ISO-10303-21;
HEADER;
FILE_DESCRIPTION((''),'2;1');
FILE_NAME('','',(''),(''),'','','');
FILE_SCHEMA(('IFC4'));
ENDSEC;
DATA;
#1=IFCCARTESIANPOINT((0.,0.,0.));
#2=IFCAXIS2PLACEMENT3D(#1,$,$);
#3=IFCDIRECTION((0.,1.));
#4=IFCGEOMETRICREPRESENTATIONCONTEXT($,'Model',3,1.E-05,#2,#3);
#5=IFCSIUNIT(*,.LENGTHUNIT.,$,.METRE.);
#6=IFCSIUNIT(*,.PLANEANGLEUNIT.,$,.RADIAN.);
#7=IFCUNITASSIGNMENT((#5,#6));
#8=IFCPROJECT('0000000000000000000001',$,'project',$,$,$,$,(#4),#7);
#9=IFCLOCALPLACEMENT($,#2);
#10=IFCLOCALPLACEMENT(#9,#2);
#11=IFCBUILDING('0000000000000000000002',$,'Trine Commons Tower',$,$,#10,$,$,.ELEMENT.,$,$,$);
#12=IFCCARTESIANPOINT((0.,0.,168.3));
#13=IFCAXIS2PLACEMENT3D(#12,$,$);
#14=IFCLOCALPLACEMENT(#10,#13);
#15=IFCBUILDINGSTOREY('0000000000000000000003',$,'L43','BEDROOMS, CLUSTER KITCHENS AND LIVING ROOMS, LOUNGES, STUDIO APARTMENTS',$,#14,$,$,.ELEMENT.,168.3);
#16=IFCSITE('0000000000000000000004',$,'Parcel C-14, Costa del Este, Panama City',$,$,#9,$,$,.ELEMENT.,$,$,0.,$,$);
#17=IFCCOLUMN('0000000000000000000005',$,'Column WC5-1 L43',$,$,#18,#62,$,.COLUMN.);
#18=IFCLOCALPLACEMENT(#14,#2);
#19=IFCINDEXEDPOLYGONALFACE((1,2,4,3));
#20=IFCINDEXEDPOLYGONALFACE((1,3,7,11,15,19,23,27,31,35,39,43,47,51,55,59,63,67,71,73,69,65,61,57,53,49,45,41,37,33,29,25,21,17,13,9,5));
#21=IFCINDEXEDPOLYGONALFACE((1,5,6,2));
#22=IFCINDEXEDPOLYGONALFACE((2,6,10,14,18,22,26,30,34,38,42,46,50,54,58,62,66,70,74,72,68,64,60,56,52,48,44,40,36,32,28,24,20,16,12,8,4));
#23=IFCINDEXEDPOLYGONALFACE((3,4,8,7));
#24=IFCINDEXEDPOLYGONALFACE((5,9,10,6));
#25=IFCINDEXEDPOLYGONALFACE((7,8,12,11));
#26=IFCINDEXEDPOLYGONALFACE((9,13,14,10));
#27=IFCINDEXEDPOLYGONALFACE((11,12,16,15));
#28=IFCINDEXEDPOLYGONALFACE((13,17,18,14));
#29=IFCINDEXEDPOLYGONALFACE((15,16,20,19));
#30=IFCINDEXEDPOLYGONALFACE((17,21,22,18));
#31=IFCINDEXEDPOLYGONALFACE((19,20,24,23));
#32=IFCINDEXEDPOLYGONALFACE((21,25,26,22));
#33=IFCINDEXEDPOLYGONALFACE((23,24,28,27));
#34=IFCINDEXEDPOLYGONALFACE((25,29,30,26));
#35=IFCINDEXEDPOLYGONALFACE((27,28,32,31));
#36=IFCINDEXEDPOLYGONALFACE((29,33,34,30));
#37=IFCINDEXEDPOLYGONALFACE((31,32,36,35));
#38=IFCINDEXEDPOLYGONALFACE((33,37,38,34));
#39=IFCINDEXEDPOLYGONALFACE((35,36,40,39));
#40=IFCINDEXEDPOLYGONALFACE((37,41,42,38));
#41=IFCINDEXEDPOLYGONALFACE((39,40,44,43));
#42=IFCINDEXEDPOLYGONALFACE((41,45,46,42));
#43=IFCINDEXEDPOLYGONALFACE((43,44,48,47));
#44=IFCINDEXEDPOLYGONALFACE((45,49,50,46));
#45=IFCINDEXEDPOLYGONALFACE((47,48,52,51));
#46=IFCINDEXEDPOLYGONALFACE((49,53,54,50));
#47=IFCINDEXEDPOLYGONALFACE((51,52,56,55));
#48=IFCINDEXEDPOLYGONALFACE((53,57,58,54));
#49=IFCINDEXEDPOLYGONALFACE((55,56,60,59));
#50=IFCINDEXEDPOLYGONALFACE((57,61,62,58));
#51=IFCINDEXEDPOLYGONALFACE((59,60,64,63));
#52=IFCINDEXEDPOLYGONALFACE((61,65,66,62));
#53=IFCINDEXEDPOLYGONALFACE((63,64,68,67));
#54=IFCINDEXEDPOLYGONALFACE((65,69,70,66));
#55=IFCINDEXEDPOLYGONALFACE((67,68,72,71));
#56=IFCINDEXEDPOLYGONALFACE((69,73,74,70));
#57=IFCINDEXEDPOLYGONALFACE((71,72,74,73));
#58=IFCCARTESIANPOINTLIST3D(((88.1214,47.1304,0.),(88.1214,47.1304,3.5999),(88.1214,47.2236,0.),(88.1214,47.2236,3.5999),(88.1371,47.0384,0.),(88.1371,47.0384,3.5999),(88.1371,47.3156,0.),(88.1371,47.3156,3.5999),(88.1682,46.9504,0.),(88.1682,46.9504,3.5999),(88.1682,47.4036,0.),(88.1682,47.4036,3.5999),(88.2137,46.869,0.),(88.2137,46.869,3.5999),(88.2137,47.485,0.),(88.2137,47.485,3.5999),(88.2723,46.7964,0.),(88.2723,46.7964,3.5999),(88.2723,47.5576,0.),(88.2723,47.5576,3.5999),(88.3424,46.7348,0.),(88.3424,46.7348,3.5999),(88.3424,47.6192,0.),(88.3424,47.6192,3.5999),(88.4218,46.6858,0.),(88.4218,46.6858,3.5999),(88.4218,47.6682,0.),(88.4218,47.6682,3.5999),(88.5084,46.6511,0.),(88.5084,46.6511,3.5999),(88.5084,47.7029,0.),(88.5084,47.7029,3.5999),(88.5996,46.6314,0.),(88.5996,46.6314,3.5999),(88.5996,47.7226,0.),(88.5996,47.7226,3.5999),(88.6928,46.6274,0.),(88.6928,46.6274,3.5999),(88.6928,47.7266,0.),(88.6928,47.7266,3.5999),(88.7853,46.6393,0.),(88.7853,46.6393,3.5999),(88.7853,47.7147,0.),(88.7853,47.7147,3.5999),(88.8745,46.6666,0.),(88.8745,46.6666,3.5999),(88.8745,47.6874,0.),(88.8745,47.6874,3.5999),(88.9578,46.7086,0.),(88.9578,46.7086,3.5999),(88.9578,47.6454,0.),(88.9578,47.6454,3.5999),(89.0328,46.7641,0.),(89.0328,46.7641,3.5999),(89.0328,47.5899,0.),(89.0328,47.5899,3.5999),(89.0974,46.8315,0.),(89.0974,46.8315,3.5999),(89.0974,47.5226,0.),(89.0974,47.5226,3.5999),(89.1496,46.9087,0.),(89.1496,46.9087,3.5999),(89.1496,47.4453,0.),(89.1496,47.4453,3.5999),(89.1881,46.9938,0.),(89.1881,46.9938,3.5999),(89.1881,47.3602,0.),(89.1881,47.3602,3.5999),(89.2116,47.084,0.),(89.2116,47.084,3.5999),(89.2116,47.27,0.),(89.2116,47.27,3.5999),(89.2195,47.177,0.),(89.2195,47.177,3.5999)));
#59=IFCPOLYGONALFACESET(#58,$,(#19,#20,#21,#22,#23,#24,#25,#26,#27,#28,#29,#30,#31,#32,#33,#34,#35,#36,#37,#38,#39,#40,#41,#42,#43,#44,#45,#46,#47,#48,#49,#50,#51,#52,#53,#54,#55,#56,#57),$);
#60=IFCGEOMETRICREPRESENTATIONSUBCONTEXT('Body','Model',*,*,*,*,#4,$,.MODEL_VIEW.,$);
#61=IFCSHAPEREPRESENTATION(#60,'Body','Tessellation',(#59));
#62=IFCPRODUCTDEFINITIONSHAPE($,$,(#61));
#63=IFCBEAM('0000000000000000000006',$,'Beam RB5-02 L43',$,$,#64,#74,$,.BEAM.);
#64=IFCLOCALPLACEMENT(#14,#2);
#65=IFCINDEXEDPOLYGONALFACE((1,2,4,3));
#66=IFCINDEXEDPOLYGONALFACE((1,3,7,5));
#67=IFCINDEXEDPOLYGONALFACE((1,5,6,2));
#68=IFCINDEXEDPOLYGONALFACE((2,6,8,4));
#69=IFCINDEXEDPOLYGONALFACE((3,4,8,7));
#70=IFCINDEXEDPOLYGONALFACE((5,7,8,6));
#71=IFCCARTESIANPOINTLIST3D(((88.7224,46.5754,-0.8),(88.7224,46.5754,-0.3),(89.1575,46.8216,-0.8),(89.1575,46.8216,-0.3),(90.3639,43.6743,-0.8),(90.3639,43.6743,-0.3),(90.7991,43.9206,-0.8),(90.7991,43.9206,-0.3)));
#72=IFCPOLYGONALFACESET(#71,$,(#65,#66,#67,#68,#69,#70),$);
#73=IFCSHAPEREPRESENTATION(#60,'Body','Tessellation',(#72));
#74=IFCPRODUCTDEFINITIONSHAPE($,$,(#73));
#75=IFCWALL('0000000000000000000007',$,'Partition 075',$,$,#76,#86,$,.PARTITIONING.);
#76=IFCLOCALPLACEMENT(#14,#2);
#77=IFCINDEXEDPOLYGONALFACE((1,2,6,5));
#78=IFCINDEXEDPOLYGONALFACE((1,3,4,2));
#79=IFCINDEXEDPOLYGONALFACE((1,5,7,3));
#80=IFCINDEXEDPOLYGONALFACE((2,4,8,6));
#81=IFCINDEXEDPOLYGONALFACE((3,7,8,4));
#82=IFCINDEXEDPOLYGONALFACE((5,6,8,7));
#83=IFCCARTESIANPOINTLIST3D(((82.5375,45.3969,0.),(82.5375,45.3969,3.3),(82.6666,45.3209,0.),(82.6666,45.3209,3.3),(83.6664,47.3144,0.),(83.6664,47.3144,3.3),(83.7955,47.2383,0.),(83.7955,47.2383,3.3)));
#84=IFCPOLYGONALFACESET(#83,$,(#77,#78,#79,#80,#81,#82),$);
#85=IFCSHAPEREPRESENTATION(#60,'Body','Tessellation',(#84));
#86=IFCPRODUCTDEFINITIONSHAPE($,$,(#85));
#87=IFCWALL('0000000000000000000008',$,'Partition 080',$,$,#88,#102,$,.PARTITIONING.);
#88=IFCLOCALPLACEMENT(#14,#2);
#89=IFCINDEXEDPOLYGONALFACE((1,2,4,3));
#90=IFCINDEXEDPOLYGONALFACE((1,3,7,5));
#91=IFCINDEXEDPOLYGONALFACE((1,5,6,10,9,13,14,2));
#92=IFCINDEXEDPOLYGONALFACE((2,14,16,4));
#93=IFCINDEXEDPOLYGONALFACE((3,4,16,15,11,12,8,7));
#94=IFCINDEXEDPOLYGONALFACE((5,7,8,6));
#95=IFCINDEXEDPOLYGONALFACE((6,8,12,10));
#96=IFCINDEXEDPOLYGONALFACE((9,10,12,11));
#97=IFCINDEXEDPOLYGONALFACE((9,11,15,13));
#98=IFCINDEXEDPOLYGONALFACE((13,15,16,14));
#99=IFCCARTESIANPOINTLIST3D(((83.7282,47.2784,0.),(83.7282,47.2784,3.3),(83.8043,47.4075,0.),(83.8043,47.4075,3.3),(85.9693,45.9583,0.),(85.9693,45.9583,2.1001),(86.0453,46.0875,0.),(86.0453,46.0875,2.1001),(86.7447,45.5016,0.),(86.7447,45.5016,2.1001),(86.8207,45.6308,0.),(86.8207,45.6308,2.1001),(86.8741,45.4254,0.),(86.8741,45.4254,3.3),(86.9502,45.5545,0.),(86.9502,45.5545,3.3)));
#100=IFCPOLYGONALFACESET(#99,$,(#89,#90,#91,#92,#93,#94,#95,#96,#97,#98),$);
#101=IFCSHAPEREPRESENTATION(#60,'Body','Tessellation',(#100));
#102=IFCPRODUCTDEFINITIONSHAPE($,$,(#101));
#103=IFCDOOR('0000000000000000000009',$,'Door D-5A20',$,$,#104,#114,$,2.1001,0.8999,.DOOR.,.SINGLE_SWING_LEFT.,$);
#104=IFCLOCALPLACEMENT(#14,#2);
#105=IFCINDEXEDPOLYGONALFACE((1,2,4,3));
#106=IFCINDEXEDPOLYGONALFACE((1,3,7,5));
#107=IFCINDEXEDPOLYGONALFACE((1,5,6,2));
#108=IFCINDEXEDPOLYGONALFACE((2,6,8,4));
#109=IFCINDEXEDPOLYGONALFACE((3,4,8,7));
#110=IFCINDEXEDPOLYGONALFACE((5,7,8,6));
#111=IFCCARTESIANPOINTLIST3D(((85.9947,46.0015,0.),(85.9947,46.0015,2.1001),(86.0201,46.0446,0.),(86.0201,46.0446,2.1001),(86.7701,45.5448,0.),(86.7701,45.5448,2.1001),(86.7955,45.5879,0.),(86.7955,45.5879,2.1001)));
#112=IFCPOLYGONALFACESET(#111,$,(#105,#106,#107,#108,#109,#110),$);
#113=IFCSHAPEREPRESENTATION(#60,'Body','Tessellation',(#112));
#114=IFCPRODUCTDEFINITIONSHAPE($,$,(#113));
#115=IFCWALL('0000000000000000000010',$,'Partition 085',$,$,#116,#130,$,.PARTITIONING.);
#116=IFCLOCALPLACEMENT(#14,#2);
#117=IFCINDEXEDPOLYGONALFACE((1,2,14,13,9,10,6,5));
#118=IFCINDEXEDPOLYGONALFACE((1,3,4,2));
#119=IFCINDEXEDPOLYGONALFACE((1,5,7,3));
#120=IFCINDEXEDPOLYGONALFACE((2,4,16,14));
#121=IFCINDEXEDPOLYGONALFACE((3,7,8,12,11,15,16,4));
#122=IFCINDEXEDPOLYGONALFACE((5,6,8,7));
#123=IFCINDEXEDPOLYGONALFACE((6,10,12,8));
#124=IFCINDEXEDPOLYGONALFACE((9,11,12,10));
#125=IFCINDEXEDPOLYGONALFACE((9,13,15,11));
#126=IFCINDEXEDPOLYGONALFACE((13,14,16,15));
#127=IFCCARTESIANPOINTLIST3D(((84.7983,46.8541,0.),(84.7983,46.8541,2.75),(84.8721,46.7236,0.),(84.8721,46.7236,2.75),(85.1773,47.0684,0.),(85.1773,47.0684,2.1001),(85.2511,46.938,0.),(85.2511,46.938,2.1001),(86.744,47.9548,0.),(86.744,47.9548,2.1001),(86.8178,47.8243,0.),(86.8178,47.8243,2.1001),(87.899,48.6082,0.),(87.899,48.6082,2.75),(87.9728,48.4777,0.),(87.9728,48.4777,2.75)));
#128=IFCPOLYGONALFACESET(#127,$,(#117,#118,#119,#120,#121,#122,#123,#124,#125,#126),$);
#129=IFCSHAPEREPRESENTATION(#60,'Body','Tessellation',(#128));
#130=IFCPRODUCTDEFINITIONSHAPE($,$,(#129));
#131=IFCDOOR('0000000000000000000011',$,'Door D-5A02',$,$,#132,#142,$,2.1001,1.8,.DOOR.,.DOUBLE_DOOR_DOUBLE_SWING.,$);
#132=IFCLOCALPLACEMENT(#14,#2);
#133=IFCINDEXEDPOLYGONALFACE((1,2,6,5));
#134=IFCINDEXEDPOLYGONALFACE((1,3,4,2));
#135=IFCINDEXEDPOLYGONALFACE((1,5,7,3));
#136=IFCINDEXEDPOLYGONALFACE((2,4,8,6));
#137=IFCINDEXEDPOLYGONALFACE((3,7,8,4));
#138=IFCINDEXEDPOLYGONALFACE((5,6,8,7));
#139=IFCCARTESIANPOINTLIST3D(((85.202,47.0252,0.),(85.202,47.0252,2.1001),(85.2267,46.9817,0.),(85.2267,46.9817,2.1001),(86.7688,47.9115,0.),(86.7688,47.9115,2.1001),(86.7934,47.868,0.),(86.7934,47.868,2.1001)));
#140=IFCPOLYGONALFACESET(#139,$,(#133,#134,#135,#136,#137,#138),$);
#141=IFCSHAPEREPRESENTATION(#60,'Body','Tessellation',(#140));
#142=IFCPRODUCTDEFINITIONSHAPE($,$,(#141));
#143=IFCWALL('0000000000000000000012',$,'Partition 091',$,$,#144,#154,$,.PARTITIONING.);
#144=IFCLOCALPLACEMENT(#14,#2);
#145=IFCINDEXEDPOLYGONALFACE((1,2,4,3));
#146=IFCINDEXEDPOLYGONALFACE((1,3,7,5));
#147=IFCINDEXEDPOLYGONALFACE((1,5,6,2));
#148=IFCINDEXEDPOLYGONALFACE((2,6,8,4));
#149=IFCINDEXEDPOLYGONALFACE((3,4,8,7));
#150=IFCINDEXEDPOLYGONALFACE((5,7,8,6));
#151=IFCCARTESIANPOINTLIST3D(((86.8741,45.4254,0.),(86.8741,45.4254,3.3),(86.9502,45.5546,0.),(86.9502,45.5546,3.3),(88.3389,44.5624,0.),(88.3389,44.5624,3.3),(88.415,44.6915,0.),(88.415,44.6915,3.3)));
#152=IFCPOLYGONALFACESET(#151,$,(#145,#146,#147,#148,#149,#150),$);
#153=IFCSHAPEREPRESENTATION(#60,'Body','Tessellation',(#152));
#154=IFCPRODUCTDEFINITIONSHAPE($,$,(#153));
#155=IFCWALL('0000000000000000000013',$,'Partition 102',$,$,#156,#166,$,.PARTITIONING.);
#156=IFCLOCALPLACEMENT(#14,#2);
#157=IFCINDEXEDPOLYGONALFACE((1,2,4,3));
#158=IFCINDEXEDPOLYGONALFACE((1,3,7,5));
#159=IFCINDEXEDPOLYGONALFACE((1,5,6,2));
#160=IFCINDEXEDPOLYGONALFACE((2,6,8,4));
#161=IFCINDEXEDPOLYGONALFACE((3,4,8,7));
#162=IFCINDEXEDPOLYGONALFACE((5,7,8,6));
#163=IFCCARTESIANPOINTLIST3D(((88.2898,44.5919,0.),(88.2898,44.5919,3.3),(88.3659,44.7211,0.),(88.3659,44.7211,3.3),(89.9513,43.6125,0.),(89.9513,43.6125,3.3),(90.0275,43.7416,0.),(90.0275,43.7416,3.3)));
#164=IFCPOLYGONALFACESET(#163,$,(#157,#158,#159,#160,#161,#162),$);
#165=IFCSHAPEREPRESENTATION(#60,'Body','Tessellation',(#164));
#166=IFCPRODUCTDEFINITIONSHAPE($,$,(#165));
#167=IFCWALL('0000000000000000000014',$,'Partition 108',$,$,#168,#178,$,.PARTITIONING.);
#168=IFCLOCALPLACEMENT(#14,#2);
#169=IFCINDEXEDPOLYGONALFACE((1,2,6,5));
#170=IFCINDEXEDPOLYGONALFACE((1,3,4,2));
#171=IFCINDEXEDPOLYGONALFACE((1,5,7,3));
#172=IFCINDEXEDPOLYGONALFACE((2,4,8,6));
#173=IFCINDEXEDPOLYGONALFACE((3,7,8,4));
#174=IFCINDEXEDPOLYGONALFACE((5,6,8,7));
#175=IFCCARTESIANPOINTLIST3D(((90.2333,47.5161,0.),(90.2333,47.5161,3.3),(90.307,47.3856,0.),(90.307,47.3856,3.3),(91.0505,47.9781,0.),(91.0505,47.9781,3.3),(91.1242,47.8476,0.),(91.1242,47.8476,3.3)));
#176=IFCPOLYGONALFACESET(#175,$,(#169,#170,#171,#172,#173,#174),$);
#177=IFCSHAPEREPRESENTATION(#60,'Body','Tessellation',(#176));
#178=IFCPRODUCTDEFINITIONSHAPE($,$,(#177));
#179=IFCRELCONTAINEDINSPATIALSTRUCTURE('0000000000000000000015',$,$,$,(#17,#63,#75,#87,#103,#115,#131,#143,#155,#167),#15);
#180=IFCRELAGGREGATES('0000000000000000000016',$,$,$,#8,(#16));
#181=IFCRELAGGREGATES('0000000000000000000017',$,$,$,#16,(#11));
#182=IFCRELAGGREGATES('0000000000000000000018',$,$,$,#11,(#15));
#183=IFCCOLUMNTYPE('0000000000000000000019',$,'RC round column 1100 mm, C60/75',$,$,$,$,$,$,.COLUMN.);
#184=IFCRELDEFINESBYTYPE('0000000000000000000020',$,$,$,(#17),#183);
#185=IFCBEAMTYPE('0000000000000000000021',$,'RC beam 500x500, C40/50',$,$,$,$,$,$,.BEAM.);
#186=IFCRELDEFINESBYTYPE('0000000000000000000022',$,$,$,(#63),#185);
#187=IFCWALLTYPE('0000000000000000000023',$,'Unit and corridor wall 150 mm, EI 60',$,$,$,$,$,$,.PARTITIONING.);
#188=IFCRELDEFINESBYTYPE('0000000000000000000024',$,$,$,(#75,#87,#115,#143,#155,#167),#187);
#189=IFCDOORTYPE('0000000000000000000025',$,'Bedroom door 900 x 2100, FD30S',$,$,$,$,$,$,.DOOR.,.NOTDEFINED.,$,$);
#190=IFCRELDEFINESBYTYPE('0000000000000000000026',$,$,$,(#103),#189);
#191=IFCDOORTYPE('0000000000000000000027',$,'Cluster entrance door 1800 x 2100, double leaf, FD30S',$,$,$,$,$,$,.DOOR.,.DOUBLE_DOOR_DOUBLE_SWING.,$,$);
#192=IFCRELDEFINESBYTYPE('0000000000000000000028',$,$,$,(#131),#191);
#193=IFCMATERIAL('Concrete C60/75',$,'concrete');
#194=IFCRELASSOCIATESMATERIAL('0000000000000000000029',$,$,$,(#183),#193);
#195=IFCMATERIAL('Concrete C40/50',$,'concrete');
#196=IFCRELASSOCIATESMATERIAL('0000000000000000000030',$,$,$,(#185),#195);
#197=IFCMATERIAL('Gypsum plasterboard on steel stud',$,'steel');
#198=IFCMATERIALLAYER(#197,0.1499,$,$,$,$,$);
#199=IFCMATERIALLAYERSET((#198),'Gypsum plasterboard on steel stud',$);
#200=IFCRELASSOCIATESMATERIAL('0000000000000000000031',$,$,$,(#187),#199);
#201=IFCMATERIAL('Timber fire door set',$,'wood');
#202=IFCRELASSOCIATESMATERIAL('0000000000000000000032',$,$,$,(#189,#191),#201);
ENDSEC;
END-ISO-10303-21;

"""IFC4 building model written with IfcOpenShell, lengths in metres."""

from ifc_helpers import new_model, si_unit, direction, frame, frame_2d, origin, origin_2d, place, context, subcontext, project, spatial, rectangle, circle, extrude, material, layer, layer_set, material_profile, profile_set, type_object, element, fill, save


model = new_model("IFC4")

# Units and contexts
model_context = context("Model", 3, precision=1e-05, world=origin(), true_north=direction((0.0, 1.0)))
body_context = subcontext(model_context, "Body", "Model", "MODEL_VIEW")
ifc_project = project(units=[si_unit("LENGTHUNIT", "METRE"), si_unit("PLANEANGLEUNIT", "RADIAN")], contexts=[model_context])

# Site, building, storey
site_placement = place(None, origin())
site = spatial("IfcSite", under=ifc_project, at=site_placement, Name="Parcel C-14, Costa del Este, Panama City", CompositionType="ELEMENT", RefElevation=0.0)
building_placement = place(site_placement, origin())
building = spatial("IfcBuilding", under=site, at=building_placement, Name="Trine Commons Tower", CompositionType="ELEMENT")
storey_placement = place(building_placement, frame((0.0, 0.0, 168.3)))
storey = spatial("IfcBuildingStorey", under=building, at=storey_placement, Name="L43", Description="BEDROOMS, CLUSTER KITCHENS AND LIVING ROOMS, LOUNGES, STUDIO APARTMENTS", CompositionType="ELEMENT", Elevation=168.3)

# Column
ifc_material_1 = material(Name="Concrete C60/75", Category="concrete")
ifc_material_profile_1 = material_profile(ifc_material_1, circle(Radius=0.55, at=origin_2d()), Name="RC round 1100")
ifc_profile_set_1 = profile_set([ifc_material_profile_1], Name="Concrete C60/75")
column_type = type_object("IfcColumnType", Name="RC round column 1100 mm, C60/75", PredefinedType="COLUMN", material=ifc_profile_set_1)
column_placement = place(storey_placement, frame((88.6694, 47.177, 0.0), z_axis=(0.0, 0.0, 1.0), x_axis=(1.0, 0.0, 0.0)))
element("IfcColumn", 1, at=column_placement, inside=storey, type_object=column_type, Name="Column WC5-1 L43", PredefinedType="COLUMN", context=body_context, shape_type="SweptSolid", body=[
    extrude(circle(Radius=0.55, at=origin_2d()), origin(), (0.0, 0.0, 1.0), 3.5999),
])

# Beam
ifc_material_2 = material(Name="Concrete C40/50", Category="concrete")
ifc_material_profile_2 = material_profile(ifc_material_2, rectangle(XDim=0.5, YDim=0.5, at=origin_2d()), Name="RC 500x500")
ifc_profile_set_2 = profile_set([ifc_material_profile_2], Name="Concrete C40/50")
beam_type = type_object("IfcBeamType", Name="RC beam 500x500, C40/50", PredefinedType="BEAM", material=ifc_profile_set_2)
beam_placement = place(storey_placement, frame((88.9399, 46.6985, -0.55), z_axis=(0.492475, -0.870327, 0.0), x_axis=(0.870327, 0.492475, 0.0)))
element("IfcBeam", 2, at=beam_placement, inside=storey, type_object=beam_type, Name="Beam RB5-02 L43", PredefinedType="BEAM", context=body_context, shape_type="SweptSolid", body=[
    extrude(rectangle(XDim=0.5, YDim=0.5, at=origin_2d()), origin(), (0.0, 0.0, 1.0), 3.3333),
])

# Wall
ifc_material_3 = material(Name="Gypsum plasterboard on steel stud", Category="steel")
ifc_layer_1 = layer(ifc_material_3, 0.1499)
ifc_layer_set_1 = layer_set([ifc_layer_1], Name="Gypsum plasterboard on steel stud")
wall_type_1 = type_object("IfcWallType", Name="Unit and corridor wall 150 mm, EI 60", PredefinedType="PARTITIONING", material=ifc_layer_set_1)
wall_1_placement = place(storey_placement, frame((82.6021, 45.3589, 0.0), z_axis=(0.0, 0.0, 1.0), x_axis=(0.507346, 0.861742, 0.0)))
element("IfcWall", 3, at=wall_1_placement, inside=storey, type_object=wall_type_1, Name="Partition 075", PredefinedType="PARTITIONING", context=body_context, shape_type="SweptSolid", body=[
    extrude(rectangle(XDim=2.2251, YDim=0.1499, at=frame_2d((1.1125, 0.0))), origin(), (0.0, 0.0, 1.0), 3.3),
])

# Walls, openings, doors
wall_2_placement = place(storey_placement, frame((83.7661, 47.343, 0.0), z_axis=(0.0, 0.0, 1.0), x_axis=(0.861642, -0.507517, 0.0)))
wall_2 = element("IfcWall", 4, at=wall_2_placement, inside=storey, type_object=wall_type_1, Name="Partition 080", PredefinedType="PARTITIONING", context=body_context, shape_type="SweptSolid", body=[
    extrude(rectangle(XDim=3.6511, YDim=0.1499, at=frame_2d((1.8257, 0.0))), origin(), (0.0, 0.0, 1.0), 3.3),
])
opening_1_placement = place(wall_2_placement, frame((2.6011, 0.0, 0.0)))
opening_1 = element("IfcOpeningElement", 5, at=opening_1_placement, cuts=wall_2, PredefinedType="OPENING", context=body_context, shape_type="SweptSolid", body=[
    extrude(rectangle(XDim=0.8999, YDim=2.1001, at=frame_2d((0.45, 1.05))), frame((0.0, 0.085, 0.0), z_axis=(0.0, -1.0, 0.0), x_axis=(1.0, 0.0, 0.0)), (0.0, 0.0, 1.0), 0.1699),
])
ifc_material_4 = material(Name="Timber fire door set", Category="wood")
door_type_1 = type_object("IfcDoorType", Name="Bedroom door 900 x 2100, FD30S", OperationType="NOTDEFINED", PredefinedType="DOOR", material=ifc_material_4)
door_1_placement = place(opening_1_placement, frame((0.8999, 0.0, 0.0), z_axis=(0.0, 0.0, 1.0), x_axis=(-1.0, 0.0, 0.0)))
door_1 = element("IfcDoor", 6, at=door_1_placement, inside=storey, type_object=door_type_1, Name="Door D-5A20", OperationType="SINGLE_SWING_LEFT", OverallHeight=2.1001, OverallWidth=0.8999, PredefinedType="DOOR", context=body_context, shape_type="SweptSolid", body=[
    extrude(rectangle(XDim=0.8999, YDim=2.1001, at=frame_2d((0.45, 1.05))), frame((0.0, 0.0249, 0.0), z_axis=(0.0, -1.0, 0.0), x_axis=(1.0, 0.0, 0.0)), (0.0, 0.0, 1.0), 0.05),
])
fill(opening_1, door_1)
wall_3_placement = place(storey_placement, frame((84.8352, 46.7888, 0.0), z_axis=(0.0, 0.0, 1.0), x_axis=(0.870382, 0.492378, 0.0)))
wall_3 = element("IfcWall", 7, at=wall_3_placement, inside=storey, type_object=wall_type_1, Name="Partition 085", PredefinedType="PARTITIONING", context=body_context, shape_type="SweptSolid", body=[
    extrude(rectangle(XDim=3.5625, YDim=0.1499, at=frame_2d((1.7812, 0.0))), origin(), (0.0, 0.0, 1.0), 2.75),
])
opening_2_placement = place(wall_3_placement, frame((0.4355, 0.0, 0.0)))
opening_2 = element("IfcOpeningElement", 8, at=opening_2_placement, cuts=wall_3, PredefinedType="OPENING", context=body_context, shape_type="SweptSolid", body=[
    extrude(rectangle(XDim=1.8, YDim=2.1001, at=frame_2d((0.8999, 1.05))), frame((0.0, 0.085, 0.0), z_axis=(0.0, -1.0, 0.0), x_axis=(1.0, 0.0, 0.0)), (0.0, 0.0, 1.0), 0.1699),
])
door_type_2 = type_object("IfcDoorType", Name="Cluster entrance door 1800 x 2100, double leaf, FD30S", OperationType="DOUBLE_DOOR_DOUBLE_SWING", PredefinedType="DOOR", material=ifc_material_4)
door_2_placement = place(opening_2_placement, frame((1.8, 0.0, 0.0), z_axis=(0.0, 0.0, 1.0), x_axis=(-1.0, 0.0, 0.0)))
door_2 = element("IfcDoor", 9, at=door_2_placement, inside=storey, type_object=door_type_2, Name="Door D-5A02", OperationType="DOUBLE_DOOR_DOUBLE_SWING", OverallHeight=2.1001, OverallWidth=1.8, PredefinedType="DOOR", context=body_context, shape_type="SweptSolid", body=[
    extrude(rectangle(XDim=1.8, YDim=2.1001, at=frame_2d((0.8999, 1.05))), frame((0.0, 0.0249, 0.0), z_axis=(0.0, -1.0, 0.0), x_axis=(1.0, 0.0, 0.0)), (0.0, 0.0, 1.0), 0.05),
])
fill(opening_2, door_2)

# Walls
wall_4_placement = place(storey_placement, frame((86.9121, 45.49, 0.0), z_axis=(0.0, 0.0, 1.0), x_axis=(0.861583, -0.507616, 0.0)))
element("IfcWall", 10, at=wall_4_placement, inside=storey, type_object=wall_type_1, Name="Partition 091", PredefinedType="PARTITIONING", context=body_context, shape_type="SweptSolid", body=[
    extrude(rectangle(XDim=1.7002, YDim=0.1499, at=frame_2d((0.8501, 0.0))), origin(), (0.0, 0.0, 1.0), 3.3),
])
wall_5_placement = place(storey_placement, frame((88.3279, 44.6565, 0.0), z_axis=(0.0, 0.0, 1.0), x_axis=(0.861465, -0.507816, 0.0)))
element("IfcWall", 11, at=wall_5_placement, inside=storey, type_object=wall_type_1, Name="Partition 102", PredefinedType="PARTITIONING", context=body_context, shape_type="SweptSolid", body=[
    extrude(rectangle(XDim=1.9287, YDim=0.1499, at=frame_2d((0.9644, 0.0))), origin(), (0.0, 0.0, 1.0), 3.3),
])
wall_6_placement = place(storey_placement, frame((90.2703, 47.4509, 0.0), z_axis=(0.0, 0.0, 1.0), x_axis=(0.870539, 0.4921, 0.0)))
element("IfcWall", 12, at=wall_6_placement, inside=storey, type_object=wall_type_1, Name="Partition 108", PredefinedType="PARTITIONING", context=body_context, shape_type="SweptSolid", body=[
    extrude(rectangle(XDim=0.9387, YDim=0.1499, at=frame_2d((0.4692, 0.0))), origin(), (0.0, 0.0, 1.0), 3.3),
])

save(model, "model.ifc")
